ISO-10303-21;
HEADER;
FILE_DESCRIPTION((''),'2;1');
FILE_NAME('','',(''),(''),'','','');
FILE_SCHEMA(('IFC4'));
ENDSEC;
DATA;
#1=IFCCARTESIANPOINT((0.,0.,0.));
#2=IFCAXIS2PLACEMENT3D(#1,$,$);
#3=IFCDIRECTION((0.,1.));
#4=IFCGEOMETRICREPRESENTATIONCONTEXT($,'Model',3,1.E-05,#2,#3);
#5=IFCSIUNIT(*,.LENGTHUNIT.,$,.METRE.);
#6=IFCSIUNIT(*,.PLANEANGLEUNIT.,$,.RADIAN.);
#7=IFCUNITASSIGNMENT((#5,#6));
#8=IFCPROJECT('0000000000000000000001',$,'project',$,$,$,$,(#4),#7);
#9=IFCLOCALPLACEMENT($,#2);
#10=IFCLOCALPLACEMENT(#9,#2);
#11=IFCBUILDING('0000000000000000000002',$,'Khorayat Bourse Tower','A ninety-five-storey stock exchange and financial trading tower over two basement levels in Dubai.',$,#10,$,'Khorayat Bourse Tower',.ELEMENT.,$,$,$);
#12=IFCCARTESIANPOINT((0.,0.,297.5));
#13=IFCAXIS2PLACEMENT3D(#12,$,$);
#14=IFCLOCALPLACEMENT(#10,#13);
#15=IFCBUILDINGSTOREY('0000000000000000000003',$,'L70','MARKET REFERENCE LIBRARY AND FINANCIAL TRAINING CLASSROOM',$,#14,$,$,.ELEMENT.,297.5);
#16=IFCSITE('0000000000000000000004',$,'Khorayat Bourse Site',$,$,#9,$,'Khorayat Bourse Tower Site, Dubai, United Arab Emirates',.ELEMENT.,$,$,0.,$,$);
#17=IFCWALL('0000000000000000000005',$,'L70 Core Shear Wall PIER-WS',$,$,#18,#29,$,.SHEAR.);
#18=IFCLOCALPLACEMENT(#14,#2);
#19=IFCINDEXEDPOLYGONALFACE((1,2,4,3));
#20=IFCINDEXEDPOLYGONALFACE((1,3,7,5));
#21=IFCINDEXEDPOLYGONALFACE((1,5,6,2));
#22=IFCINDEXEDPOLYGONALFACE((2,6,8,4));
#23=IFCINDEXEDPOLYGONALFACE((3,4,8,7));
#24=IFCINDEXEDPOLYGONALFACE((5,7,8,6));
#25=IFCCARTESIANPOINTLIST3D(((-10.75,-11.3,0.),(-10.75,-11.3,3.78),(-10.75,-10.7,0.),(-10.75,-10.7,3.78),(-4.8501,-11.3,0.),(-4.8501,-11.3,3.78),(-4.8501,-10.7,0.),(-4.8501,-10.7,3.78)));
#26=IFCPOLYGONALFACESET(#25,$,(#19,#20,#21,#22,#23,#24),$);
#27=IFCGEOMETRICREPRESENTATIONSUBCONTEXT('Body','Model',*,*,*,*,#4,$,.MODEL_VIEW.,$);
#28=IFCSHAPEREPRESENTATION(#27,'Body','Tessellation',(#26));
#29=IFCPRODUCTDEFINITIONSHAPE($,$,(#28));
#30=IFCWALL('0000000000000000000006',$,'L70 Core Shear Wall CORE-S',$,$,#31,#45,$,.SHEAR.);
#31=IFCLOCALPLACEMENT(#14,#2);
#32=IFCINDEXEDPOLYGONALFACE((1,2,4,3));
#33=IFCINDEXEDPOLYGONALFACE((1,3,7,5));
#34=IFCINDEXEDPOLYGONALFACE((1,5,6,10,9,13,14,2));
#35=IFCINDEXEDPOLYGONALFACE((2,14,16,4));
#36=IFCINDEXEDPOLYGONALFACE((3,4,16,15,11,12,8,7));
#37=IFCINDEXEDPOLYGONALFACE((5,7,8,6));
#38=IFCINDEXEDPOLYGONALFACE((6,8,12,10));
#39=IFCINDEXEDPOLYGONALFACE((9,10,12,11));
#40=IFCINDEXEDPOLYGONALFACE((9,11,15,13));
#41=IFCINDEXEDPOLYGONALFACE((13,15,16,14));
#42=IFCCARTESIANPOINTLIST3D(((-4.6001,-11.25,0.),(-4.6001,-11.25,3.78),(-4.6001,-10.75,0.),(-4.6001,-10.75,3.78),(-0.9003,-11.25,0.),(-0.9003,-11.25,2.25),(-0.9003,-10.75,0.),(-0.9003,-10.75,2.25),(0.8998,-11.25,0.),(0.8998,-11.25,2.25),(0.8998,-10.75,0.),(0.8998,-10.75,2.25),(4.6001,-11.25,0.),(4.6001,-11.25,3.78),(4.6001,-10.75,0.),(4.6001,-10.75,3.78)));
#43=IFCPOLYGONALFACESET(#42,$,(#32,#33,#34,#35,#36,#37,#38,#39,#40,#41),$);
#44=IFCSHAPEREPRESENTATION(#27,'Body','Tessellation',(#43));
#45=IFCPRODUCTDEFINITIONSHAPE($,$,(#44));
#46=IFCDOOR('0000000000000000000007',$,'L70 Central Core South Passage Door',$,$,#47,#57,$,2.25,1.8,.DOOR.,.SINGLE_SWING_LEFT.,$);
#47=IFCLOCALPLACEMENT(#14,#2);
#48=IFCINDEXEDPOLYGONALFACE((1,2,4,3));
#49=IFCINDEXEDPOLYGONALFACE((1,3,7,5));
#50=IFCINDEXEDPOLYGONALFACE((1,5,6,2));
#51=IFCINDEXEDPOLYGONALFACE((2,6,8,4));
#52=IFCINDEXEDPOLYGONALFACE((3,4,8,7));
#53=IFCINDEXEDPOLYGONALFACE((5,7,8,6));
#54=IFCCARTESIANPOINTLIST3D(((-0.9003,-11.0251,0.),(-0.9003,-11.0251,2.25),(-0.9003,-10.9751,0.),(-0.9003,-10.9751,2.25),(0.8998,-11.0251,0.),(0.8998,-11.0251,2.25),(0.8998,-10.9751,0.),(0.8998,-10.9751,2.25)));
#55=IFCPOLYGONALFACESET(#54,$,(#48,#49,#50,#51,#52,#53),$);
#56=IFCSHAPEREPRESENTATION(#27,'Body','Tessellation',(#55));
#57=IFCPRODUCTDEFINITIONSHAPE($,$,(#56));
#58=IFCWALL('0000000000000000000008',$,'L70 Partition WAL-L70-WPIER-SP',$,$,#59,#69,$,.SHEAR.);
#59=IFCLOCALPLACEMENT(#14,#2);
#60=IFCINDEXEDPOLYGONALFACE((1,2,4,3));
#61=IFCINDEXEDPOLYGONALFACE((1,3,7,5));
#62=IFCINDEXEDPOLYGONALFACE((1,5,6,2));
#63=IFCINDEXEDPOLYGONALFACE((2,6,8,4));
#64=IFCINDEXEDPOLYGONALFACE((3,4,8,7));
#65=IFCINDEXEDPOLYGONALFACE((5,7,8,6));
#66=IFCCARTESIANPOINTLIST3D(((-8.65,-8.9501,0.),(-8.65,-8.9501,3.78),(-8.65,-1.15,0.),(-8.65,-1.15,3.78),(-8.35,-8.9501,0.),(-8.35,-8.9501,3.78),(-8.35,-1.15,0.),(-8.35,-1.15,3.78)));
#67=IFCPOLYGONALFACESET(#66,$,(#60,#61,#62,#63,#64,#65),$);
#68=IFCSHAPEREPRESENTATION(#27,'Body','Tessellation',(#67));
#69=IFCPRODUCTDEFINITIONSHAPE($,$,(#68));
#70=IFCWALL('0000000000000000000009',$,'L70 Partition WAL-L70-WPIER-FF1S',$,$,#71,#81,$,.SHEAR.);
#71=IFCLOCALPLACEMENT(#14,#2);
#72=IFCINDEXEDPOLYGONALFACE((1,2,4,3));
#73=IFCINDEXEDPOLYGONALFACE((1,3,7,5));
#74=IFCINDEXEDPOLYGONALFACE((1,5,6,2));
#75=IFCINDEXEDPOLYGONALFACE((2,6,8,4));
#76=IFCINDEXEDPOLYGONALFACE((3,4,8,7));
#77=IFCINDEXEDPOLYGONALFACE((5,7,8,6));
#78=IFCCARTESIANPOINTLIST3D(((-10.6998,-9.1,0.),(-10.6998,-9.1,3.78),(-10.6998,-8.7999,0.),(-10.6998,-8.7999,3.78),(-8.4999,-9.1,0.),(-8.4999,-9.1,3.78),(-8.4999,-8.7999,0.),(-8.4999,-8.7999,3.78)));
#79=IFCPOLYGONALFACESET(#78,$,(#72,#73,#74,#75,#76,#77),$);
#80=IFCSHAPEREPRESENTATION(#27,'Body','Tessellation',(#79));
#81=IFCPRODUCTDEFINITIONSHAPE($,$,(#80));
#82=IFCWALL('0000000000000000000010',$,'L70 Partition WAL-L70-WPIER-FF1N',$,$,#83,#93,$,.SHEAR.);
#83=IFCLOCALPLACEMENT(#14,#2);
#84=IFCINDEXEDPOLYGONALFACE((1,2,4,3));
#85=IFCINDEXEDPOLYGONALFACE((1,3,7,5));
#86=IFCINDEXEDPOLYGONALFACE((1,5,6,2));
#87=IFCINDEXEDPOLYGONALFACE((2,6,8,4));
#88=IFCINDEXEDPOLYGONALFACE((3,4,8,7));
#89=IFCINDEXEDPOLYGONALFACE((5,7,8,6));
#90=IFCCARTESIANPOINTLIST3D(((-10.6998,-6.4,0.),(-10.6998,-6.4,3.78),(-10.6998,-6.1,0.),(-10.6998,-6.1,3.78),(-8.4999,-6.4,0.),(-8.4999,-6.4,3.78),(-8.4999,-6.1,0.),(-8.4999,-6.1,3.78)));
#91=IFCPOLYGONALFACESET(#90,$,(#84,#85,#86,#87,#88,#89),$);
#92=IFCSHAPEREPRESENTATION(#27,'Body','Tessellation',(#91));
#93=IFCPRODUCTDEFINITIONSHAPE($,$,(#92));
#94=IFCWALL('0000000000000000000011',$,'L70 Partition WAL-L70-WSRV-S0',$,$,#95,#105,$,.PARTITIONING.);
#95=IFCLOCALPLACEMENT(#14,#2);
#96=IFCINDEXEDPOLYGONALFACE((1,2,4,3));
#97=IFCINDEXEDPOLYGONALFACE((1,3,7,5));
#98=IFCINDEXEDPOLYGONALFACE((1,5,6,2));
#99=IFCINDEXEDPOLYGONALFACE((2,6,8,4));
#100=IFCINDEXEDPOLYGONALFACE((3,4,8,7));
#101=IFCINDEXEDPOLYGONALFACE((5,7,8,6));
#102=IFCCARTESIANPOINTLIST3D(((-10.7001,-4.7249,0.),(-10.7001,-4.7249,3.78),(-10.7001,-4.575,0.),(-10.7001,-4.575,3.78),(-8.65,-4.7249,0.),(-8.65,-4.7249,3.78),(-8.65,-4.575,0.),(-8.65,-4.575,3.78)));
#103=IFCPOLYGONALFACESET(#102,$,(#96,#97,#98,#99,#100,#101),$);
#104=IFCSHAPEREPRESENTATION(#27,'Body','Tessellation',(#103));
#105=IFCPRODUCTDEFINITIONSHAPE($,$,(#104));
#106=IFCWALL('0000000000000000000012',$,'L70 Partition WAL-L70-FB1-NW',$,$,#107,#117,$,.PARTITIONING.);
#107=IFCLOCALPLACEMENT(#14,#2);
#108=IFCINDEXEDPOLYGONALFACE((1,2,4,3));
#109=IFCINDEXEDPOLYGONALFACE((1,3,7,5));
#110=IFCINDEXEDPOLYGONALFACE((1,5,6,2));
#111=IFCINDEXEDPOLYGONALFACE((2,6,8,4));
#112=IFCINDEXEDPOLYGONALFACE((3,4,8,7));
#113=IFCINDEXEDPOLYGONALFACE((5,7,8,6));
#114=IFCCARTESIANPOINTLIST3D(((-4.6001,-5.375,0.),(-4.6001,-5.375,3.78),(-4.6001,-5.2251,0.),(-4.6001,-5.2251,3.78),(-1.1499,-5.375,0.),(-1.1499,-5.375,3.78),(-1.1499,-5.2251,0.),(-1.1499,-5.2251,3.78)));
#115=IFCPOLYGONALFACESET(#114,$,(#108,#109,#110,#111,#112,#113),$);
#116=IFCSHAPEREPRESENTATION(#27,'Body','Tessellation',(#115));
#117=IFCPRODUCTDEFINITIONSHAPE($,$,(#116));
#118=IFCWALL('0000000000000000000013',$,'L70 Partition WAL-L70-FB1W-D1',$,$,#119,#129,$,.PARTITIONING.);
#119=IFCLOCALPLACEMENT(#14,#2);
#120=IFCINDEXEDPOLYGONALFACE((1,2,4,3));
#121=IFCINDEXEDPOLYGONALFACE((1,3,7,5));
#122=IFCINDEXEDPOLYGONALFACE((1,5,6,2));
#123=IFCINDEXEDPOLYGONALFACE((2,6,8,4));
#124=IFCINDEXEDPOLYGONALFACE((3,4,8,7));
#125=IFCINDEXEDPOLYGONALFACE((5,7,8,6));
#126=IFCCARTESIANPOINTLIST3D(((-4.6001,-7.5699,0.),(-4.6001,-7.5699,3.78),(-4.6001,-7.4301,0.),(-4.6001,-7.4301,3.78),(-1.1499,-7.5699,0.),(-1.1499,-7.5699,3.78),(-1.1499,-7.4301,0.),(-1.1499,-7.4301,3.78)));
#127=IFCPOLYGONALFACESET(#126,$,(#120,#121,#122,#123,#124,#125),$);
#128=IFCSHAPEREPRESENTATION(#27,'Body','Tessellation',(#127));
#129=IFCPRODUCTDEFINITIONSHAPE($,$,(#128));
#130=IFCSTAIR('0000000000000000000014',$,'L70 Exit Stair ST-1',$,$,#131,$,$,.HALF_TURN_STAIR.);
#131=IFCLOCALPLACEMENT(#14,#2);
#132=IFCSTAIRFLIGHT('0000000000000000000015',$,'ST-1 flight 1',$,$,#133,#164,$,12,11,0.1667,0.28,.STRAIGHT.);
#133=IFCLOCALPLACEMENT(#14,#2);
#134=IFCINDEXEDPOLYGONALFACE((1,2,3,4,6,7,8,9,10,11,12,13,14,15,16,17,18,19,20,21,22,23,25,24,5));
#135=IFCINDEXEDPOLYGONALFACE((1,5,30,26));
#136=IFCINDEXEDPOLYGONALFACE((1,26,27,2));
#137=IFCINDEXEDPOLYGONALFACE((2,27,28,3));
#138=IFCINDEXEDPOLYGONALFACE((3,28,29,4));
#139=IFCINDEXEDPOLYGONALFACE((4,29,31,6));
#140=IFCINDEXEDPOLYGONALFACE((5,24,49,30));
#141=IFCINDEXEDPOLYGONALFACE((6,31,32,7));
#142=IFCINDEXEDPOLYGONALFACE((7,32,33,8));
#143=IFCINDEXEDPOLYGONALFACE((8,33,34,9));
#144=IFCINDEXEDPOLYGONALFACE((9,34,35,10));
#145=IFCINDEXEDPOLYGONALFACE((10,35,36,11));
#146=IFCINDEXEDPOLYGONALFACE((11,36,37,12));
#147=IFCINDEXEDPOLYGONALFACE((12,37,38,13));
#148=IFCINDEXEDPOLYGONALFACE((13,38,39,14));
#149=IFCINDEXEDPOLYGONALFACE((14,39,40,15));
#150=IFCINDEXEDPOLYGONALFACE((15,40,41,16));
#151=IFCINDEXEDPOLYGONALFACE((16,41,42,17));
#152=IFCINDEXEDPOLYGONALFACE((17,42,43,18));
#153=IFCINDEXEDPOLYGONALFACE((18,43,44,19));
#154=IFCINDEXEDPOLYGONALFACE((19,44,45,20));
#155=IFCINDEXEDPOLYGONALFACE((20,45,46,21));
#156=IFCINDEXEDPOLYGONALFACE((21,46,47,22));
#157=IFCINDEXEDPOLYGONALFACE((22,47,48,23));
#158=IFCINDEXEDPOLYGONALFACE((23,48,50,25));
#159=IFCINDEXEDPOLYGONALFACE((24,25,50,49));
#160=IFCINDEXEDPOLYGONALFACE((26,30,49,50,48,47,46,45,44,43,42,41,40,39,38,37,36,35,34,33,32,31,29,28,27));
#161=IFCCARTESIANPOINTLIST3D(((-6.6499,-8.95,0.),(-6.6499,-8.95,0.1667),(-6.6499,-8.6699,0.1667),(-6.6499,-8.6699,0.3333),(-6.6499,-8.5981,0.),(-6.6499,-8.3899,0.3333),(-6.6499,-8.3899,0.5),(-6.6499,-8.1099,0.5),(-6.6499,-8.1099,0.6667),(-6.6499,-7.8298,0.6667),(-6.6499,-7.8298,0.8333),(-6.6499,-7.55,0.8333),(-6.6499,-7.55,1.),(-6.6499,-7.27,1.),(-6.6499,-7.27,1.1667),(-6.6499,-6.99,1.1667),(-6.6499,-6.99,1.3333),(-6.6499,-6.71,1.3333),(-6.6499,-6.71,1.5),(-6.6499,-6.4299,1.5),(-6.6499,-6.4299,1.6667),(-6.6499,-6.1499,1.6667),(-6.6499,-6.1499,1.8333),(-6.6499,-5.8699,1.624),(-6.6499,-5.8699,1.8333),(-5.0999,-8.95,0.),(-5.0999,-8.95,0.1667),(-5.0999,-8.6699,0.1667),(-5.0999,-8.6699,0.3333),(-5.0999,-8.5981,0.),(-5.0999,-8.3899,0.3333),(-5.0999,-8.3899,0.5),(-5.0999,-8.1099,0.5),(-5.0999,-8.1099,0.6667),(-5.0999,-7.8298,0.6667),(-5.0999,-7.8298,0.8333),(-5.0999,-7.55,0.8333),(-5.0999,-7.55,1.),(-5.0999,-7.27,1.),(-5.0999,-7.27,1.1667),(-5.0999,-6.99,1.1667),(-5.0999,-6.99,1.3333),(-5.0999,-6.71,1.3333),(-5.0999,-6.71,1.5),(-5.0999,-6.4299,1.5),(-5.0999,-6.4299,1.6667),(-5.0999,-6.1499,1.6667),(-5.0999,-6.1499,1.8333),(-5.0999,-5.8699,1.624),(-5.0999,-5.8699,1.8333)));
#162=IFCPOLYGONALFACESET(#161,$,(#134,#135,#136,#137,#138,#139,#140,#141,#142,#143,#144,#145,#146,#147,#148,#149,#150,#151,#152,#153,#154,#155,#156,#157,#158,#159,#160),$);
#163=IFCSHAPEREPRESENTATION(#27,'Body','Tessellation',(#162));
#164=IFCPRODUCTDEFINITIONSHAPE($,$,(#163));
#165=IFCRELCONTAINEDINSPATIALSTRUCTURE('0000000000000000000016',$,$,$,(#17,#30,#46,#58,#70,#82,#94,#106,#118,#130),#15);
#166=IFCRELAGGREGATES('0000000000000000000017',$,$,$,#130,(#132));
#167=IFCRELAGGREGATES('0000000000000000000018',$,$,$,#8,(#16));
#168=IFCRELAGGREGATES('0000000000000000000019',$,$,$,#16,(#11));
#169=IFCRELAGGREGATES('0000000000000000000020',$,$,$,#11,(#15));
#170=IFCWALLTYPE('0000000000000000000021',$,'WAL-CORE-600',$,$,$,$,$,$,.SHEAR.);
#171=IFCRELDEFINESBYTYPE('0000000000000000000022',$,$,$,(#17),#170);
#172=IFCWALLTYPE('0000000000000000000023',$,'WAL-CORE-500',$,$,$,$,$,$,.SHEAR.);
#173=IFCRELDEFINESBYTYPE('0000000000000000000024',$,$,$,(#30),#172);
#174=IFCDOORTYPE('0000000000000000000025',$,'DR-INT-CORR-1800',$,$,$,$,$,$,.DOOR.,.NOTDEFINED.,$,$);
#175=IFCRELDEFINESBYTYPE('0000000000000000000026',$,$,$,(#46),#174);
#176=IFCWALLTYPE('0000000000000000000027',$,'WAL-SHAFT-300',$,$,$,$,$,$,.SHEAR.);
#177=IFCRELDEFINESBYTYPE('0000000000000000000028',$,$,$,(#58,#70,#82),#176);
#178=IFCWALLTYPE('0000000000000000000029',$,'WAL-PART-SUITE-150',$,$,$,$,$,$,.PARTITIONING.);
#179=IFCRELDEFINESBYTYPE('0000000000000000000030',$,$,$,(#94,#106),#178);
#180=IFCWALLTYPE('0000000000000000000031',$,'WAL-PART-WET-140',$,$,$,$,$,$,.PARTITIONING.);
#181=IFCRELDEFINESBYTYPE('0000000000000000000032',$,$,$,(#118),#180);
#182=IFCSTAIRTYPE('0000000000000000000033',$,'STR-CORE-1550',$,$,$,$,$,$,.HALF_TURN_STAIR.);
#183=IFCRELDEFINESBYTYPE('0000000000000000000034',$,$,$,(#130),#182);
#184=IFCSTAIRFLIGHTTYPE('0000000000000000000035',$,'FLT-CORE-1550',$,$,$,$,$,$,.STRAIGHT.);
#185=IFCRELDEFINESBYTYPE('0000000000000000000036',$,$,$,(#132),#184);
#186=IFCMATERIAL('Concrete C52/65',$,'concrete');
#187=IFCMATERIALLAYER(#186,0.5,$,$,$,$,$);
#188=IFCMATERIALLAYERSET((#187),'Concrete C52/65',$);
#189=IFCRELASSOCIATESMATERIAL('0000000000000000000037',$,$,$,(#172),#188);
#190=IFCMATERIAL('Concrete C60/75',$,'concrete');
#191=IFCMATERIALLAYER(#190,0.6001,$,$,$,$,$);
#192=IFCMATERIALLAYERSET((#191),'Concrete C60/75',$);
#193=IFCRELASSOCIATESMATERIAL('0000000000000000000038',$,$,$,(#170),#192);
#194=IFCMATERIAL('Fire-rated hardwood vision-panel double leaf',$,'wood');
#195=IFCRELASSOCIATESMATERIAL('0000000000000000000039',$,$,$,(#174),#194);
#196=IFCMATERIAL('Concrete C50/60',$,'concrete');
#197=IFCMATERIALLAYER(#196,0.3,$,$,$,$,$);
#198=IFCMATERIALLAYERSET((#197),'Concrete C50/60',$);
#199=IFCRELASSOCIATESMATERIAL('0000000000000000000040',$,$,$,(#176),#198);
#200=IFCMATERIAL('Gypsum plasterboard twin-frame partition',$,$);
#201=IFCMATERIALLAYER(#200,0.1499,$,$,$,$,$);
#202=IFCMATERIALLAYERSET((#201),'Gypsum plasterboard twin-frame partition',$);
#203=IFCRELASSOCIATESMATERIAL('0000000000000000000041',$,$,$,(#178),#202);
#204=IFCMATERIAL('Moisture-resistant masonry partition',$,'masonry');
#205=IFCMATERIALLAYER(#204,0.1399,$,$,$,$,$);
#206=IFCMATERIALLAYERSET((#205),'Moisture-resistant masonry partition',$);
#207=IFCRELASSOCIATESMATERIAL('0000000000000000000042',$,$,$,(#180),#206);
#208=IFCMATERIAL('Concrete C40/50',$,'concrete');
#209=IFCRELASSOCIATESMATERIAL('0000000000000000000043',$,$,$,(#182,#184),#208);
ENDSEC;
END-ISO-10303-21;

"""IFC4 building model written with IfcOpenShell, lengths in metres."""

from ifc_helpers import new_model, si_unit, direction, frame, frame_2d, origin, place, context, subcontext, project, spatial, polyline, rectangle, outline, extrude, source, transform, mapped, material, layer, layer_set, type_object, element, fill, aggregate, save


model = new_model("IFC4")

# Units and contexts
model_context = context("Model", 3, precision=1e-05, world=origin(), true_north=direction((0.0, 1.0)))
body_context = subcontext(model_context, "Body", "Model", "MODEL_VIEW")
ifc_project = project(units=[si_unit("LENGTHUNIT", "METRE"), si_unit("PLANEANGLEUNIT", "RADIAN")], contexts=[model_context])

# Site, building, storey
site_placement = place(None, origin())
site = spatial("IfcSite", under=ifc_project, at=site_placement, Name="Khorayat Bourse Site", LongName="Khorayat Bourse Tower Site, Dubai, United Arab Emirates", CompositionType="ELEMENT", RefElevation=0.0)
building_placement = place(site_placement, origin())
building = spatial("IfcBuilding", under=site, at=building_placement, Name="Khorayat Bourse Tower", Description="A ninety-five-storey stock exchange and financial trading tower over two basement levels in Dubai.", LongName="Khorayat Bourse Tower", CompositionType="ELEMENT")
storey_placement = place(building_placement, frame((0.0, 0.0, 297.5)))
storey = spatial("IfcBuildingStorey", under=building, at=storey_placement, Name="L70", Description="MARKET REFERENCE LIBRARY AND FINANCIAL TRAINING CLASSROOM", CompositionType="ELEMENT", Elevation=297.5)

# Shared definitions
ifc_material_1 = material(Name="Concrete C52/65", Category="concrete")

# Shared definitions
ifc_material_2 = material(Name="Concrete C60/75", Category="concrete")

# Wall
ifc_layer_1 = layer(ifc_material_1, 0.5)
ifc_layer_set_1 = layer_set([ifc_layer_1], Name="Concrete C52/65")
wall_type_1 = type_object("IfcWallType", Name="WAL-CORE-500", PredefinedType="SHEAR", material=ifc_layer_set_1)
ifc_layer_2 = layer(ifc_material_2, 0.6001)
ifc_layer_set_2 = layer_set([ifc_layer_2], Name="Concrete C60/75")
wall_type_2 = type_object("IfcWallType", Name="WAL-CORE-600", PredefinedType="SHEAR", material=ifc_layer_set_2)
shared_shape_1 = source(origin(), body_context, "Body", "SweptSolid", [
    extrude(rectangle(XDim=5.8999, YDim=0.6001, at=frame_2d((2.95, 0.0))), origin(), (0.0, 0.0, 1.0), 3.78),
])
wall_1_placement = place(storey_placement, frame((-10.75, -11.0, 0.0), z_axis=(0.0, 0.0, 1.0), x_axis=(1.0, 0.0, 0.0)))
element("IfcWall", 1, at=wall_1_placement, inside=storey, type_object=wall_type_2, Name="L70 Core Shear Wall PIER-WS", PredefinedType="SHEAR", context=body_context, shape_type="MappedRepresentation", body=[
    mapped(shared_shape_1, transform((0.0, 0.0, 0.0), scale=1.0)),
])

# Wall, opening, door
shared_shape_2 = source(origin(), body_context, "Body", "SweptSolid", [
    extrude(rectangle(XDim=9.2002, YDim=0.5, at=frame_2d((4.6001, 0.0))), origin(), (0.0, 0.0, 1.0), 3.78),
])
wall_2_placement = place(storey_placement, frame((-4.6001, -11.0, 0.0), z_axis=(0.0, 0.0, 1.0), x_axis=(1.0, 0.0, 0.0)))
wall_2 = element("IfcWall", 2, at=wall_2_placement, inside=storey, type_object=wall_type_1, Name="L70 Core Shear Wall CORE-S", PredefinedType="SHEAR", context=body_context, shape_type="MappedRepresentation", body=[
    mapped(shared_shape_2, transform((0.0, 0.0, 0.0), scale=1.0)),
])
shared_shape_3 = source(origin(), body_context, "Body", "SweptSolid", [
    extrude(rectangle(XDim=1.8, YDim=2.25, at=frame_2d((0.8999, 1.125))), frame((0.0, 0.26, 0.0), z_axis=(0.0, -1.0, 0.0), x_axis=(1.0, 0.0, 0.0)), (0.0, 0.0, 1.0), 0.52),
])
opening_placement = place(wall_2_placement, frame((3.7, 0.0, 0.0)))
opening = element("IfcOpeningElement", 3, at=opening_placement, cuts=wall_2, PredefinedType="OPENING", context=body_context, shape_type="MappedRepresentation", body=[
    mapped(shared_shape_3, transform((0.0, 0.0, 0.0), scale=1.0)),
])
ifc_material_3 = material(Name="Fire-rated hardwood vision-panel double leaf", Category="wood")
door_type = type_object("IfcDoorType", Name="DR-INT-CORR-1800", OperationType="NOTDEFINED", PredefinedType="DOOR", material=ifc_material_3)
shared_shape_4 = source(origin(), body_context, "Body", "SweptSolid", [
    extrude(rectangle(XDim=1.8, YDim=2.25, at=frame_2d((0.8999, 1.125))), frame((0.0, 0.0249, 0.0), z_axis=(0.0, -1.0, 0.0), x_axis=(1.0, 0.0, 0.0)), (0.0, 0.0, 1.0), 0.05),
])
door_placement = place(opening_placement, origin())
door = element("IfcDoor", 4, at=door_placement, inside=storey, type_object=door_type, Name="L70 Central Core South Passage Door", OperationType="SINGLE_SWING_LEFT", OverallHeight=2.25, OverallWidth=1.8, PredefinedType="DOOR", context=body_context, shape_type="MappedRepresentation", body=[
    mapped(shared_shape_4, transform((0.0, 0.0, 0.0), scale=1.0)),
])
fill(opening, door)

# Walls
ifc_material_4 = material(Name="Concrete C50/60", Category="concrete")
ifc_layer_3 = layer(ifc_material_4, 0.3)
ifc_layer_set_3 = layer_set([ifc_layer_3], Name="Concrete C50/60")
wall_type_3 = type_object("IfcWallType", Name="WAL-SHAFT-300", PredefinedType="SHEAR", material=ifc_layer_set_3)
shared_shape_5 = source(origin(), body_context, "Body", "SweptSolid", [
    extrude(rectangle(XDim=7.8, YDim=0.3, at=frame_2d((3.8999, 0.0))), origin(), (0.0, 0.0, 1.0), 3.78),
])
wall_3_placement = place(storey_placement, frame((-8.5, -8.95, 0.0), z_axis=(0.0, 0.0, 1.0), x_axis=(0.0, 1.0, 0.0)))
element("IfcWall", 5, at=wall_3_placement, inside=storey, type_object=wall_type_3, Name="L70 Partition WAL-L70-WPIER-SP", PredefinedType="SHEAR", context=body_context, shape_type="MappedRepresentation", body=[
    mapped(shared_shape_5, transform((0.0, 0.0, 0.0), scale=1.0)),
])
shared_shape_6 = source(origin(), body_context, "Body", "SweptSolid", [
    extrude(rectangle(XDim=2.2, YDim=0.3, at=frame_2d((1.1001, 0.0))), origin(), (0.0, 0.0, 1.0), 3.78),
])
for number, where, z_axis, x_axis, name in (
    (6, (-10.7, -8.95, 0.0), (0.0, 0.0, 1.0), (1.0, 0.0, 0.0), "L70 Partition WAL-L70-WPIER-FF1S"),
    (7, (-10.7, -6.25, 0.0), (0.0, 0.0, 1.0), (1.0, 0.0, 0.0), "L70 Partition WAL-L70-WPIER-FF1N"),
):
    element("IfcWall", number, at=place(storey_placement, frame(where, z_axis=z_axis, x_axis=x_axis)), inside=storey, type_object=wall_type_3, Name=name, PredefinedType="SHEAR", context=body_context, shape_type="MappedRepresentation", body=[
        mapped(shared_shape_6, transform((0.0, 0.0, 0.0), scale=1.0)),
    ])
ifc_material_5 = material(Name="Gypsum plasterboard twin-frame partition")
ifc_layer_4 = layer(ifc_material_5, 0.1499)
ifc_layer_set_4 = layer_set([ifc_layer_4], Name="Gypsum plasterboard twin-frame partition")
wall_type_4 = type_object("IfcWallType", Name="WAL-PART-SUITE-150", PredefinedType="PARTITIONING", material=ifc_layer_set_4)
shared_shape_7 = source(origin(), body_context, "Body", "SweptSolid", [
    extrude(rectangle(XDim=2.05, YDim=0.1499, at=frame_2d((1.0249, 0.0))), origin(), (0.0, 0.0, 1.0), 3.78),
])
wall_4_placement = place(storey_placement, frame((-10.7, -4.6499, 0.0), z_axis=(0.0, 0.0, 1.0), x_axis=(1.0, 0.0, 0.0)))
element("IfcWall", 8, at=wall_4_placement, inside=storey, type_object=wall_type_4, Name="L70 Partition WAL-L70-WSRV-S0", PredefinedType="PARTITIONING", context=body_context, shape_type="MappedRepresentation", body=[
    mapped(shared_shape_7, transform((0.0, 0.0, 0.0), scale=1.0)),
])
shared_shape_8 = source(origin(), body_context, "Body", "SweptSolid", [
    extrude(rectangle(XDim=3.4502, YDim=0.1499, at=frame_2d((1.7251, 0.0))), origin(), (0.0, 0.0, 1.0), 3.78),
])
wall_5_placement = place(storey_placement, frame((-4.6001, -5.3, 0.0), z_axis=(0.0, 0.0, 1.0), x_axis=(1.0, 0.0, 0.0)))
element("IfcWall", 9, at=wall_5_placement, inside=storey, type_object=wall_type_4, Name="L70 Partition WAL-L70-FB1-NW", PredefinedType="PARTITIONING", context=body_context, shape_type="MappedRepresentation", body=[
    mapped(shared_shape_8, transform((0.0, 0.0, 0.0), scale=1.0)),
])
ifc_material_6 = material(Name="Moisture-resistant masonry partition", Category="masonry")
ifc_layer_5 = layer(ifc_material_6, 0.1399)
ifc_layer_set_5 = layer_set([ifc_layer_5], Name="Moisture-resistant masonry partition")
wall_type_5 = type_object("IfcWallType", Name="WAL-PART-WET-140", PredefinedType="PARTITIONING", material=ifc_layer_set_5)
shared_shape_9 = source(origin(), body_context, "Body", "SweptSolid", [
    extrude(rectangle(XDim=3.4502, YDim=0.1399, at=frame_2d((1.7251, 0.0))), origin(), (0.0, 0.0, 1.0), 3.78),
])
wall_6_placement = place(storey_placement, frame((-4.6001, -7.5, 0.0), z_axis=(0.0, 0.0, 1.0), x_axis=(1.0, 0.0, 0.0)))
element("IfcWall", 10, at=wall_6_placement, inside=storey, type_object=wall_type_5, Name="L70 Partition WAL-L70-FB1W-D1", PredefinedType="PARTITIONING", context=body_context, shape_type="MappedRepresentation", body=[
    mapped(shared_shape_9, transform((0.0, 0.0, 0.0), scale=1.0)),
])

# Stair, stair flight
ifc_material_7 = material(Name="Concrete C40/50", Category="concrete")
stair_type = type_object("IfcStairType", Name="STR-CORE-1550", PredefinedType="HALF_TURN_STAIR", material=ifc_material_7)
stair_placement = place(storey_placement, origin())
stair = element("IfcStair", 11, at=stair_placement, inside=storey, type_object=stair_type, Name="L70 Exit Stair ST-1", PredefinedType="HALF_TURN_STAIR")
stair_flight_type = type_object("IfcStairFlightType", Name="FLT-CORE-1550", PredefinedType="STRAIGHT", material=ifc_material_7)
shared_shape_10 = source(origin(), body_context, "Body", "SweptSolid", [
    extrude(outline(polyline([(0.0, 0.0), (0.0, 0.1667), (0.28, 0.1667), (0.28, 0.3333), (0.5601, 0.3333), (0.5601, 0.5), (0.8401, 0.5), (0.8401, 0.6667), (1.1201, 0.6667), (1.1201, 0.8333), (1.3999, 0.8333), (1.3999, 1.0), (1.6799, 1.0), (1.6799, 1.1667), (1.96, 1.1667), (1.96, 1.3333), (2.24, 1.3333), (2.24, 1.5), (2.52, 1.5), (2.52, 1.6667), (2.8, 1.6667), (2.8, 1.8333), (3.0801, 1.8333), (3.0801, 2.0), (3.0801, 1.624), (0.3518, 0.0), (0.0, 0.0)])), frame((0.0, 0.7749, 0.0), z_axis=(0.0, -1.0, 0.0), x_axis=(1.0, 0.0, 0.0)), (0.0, 0.0, 1.0), 1.55),
])
stair_flight_1_placement = place(storey_placement, frame((-5.875, -8.95, 0.0), z_axis=(0.0, 0.0, 1.0), x_axis=(0.0, 1.0, 0.0)))
stair_flight_1 = element("IfcStairFlight", 12, at=stair_flight_1_placement, type_object=stair_flight_type, Name="ST-1 flight 1", NumberOfRisers=12, NumberOfTreads=11, PredefinedType="STRAIGHT", RiserHeight=0.1667, TreadLength=0.28, context=body_context, shape_type="MappedRepresentation", body=[
    mapped(shared_shape_10, transform((0.0, 0.0, 0.0), scale=1.0)),
])
aggregate(stair, [stair_flight_1])

save(model, "model.ifc")
